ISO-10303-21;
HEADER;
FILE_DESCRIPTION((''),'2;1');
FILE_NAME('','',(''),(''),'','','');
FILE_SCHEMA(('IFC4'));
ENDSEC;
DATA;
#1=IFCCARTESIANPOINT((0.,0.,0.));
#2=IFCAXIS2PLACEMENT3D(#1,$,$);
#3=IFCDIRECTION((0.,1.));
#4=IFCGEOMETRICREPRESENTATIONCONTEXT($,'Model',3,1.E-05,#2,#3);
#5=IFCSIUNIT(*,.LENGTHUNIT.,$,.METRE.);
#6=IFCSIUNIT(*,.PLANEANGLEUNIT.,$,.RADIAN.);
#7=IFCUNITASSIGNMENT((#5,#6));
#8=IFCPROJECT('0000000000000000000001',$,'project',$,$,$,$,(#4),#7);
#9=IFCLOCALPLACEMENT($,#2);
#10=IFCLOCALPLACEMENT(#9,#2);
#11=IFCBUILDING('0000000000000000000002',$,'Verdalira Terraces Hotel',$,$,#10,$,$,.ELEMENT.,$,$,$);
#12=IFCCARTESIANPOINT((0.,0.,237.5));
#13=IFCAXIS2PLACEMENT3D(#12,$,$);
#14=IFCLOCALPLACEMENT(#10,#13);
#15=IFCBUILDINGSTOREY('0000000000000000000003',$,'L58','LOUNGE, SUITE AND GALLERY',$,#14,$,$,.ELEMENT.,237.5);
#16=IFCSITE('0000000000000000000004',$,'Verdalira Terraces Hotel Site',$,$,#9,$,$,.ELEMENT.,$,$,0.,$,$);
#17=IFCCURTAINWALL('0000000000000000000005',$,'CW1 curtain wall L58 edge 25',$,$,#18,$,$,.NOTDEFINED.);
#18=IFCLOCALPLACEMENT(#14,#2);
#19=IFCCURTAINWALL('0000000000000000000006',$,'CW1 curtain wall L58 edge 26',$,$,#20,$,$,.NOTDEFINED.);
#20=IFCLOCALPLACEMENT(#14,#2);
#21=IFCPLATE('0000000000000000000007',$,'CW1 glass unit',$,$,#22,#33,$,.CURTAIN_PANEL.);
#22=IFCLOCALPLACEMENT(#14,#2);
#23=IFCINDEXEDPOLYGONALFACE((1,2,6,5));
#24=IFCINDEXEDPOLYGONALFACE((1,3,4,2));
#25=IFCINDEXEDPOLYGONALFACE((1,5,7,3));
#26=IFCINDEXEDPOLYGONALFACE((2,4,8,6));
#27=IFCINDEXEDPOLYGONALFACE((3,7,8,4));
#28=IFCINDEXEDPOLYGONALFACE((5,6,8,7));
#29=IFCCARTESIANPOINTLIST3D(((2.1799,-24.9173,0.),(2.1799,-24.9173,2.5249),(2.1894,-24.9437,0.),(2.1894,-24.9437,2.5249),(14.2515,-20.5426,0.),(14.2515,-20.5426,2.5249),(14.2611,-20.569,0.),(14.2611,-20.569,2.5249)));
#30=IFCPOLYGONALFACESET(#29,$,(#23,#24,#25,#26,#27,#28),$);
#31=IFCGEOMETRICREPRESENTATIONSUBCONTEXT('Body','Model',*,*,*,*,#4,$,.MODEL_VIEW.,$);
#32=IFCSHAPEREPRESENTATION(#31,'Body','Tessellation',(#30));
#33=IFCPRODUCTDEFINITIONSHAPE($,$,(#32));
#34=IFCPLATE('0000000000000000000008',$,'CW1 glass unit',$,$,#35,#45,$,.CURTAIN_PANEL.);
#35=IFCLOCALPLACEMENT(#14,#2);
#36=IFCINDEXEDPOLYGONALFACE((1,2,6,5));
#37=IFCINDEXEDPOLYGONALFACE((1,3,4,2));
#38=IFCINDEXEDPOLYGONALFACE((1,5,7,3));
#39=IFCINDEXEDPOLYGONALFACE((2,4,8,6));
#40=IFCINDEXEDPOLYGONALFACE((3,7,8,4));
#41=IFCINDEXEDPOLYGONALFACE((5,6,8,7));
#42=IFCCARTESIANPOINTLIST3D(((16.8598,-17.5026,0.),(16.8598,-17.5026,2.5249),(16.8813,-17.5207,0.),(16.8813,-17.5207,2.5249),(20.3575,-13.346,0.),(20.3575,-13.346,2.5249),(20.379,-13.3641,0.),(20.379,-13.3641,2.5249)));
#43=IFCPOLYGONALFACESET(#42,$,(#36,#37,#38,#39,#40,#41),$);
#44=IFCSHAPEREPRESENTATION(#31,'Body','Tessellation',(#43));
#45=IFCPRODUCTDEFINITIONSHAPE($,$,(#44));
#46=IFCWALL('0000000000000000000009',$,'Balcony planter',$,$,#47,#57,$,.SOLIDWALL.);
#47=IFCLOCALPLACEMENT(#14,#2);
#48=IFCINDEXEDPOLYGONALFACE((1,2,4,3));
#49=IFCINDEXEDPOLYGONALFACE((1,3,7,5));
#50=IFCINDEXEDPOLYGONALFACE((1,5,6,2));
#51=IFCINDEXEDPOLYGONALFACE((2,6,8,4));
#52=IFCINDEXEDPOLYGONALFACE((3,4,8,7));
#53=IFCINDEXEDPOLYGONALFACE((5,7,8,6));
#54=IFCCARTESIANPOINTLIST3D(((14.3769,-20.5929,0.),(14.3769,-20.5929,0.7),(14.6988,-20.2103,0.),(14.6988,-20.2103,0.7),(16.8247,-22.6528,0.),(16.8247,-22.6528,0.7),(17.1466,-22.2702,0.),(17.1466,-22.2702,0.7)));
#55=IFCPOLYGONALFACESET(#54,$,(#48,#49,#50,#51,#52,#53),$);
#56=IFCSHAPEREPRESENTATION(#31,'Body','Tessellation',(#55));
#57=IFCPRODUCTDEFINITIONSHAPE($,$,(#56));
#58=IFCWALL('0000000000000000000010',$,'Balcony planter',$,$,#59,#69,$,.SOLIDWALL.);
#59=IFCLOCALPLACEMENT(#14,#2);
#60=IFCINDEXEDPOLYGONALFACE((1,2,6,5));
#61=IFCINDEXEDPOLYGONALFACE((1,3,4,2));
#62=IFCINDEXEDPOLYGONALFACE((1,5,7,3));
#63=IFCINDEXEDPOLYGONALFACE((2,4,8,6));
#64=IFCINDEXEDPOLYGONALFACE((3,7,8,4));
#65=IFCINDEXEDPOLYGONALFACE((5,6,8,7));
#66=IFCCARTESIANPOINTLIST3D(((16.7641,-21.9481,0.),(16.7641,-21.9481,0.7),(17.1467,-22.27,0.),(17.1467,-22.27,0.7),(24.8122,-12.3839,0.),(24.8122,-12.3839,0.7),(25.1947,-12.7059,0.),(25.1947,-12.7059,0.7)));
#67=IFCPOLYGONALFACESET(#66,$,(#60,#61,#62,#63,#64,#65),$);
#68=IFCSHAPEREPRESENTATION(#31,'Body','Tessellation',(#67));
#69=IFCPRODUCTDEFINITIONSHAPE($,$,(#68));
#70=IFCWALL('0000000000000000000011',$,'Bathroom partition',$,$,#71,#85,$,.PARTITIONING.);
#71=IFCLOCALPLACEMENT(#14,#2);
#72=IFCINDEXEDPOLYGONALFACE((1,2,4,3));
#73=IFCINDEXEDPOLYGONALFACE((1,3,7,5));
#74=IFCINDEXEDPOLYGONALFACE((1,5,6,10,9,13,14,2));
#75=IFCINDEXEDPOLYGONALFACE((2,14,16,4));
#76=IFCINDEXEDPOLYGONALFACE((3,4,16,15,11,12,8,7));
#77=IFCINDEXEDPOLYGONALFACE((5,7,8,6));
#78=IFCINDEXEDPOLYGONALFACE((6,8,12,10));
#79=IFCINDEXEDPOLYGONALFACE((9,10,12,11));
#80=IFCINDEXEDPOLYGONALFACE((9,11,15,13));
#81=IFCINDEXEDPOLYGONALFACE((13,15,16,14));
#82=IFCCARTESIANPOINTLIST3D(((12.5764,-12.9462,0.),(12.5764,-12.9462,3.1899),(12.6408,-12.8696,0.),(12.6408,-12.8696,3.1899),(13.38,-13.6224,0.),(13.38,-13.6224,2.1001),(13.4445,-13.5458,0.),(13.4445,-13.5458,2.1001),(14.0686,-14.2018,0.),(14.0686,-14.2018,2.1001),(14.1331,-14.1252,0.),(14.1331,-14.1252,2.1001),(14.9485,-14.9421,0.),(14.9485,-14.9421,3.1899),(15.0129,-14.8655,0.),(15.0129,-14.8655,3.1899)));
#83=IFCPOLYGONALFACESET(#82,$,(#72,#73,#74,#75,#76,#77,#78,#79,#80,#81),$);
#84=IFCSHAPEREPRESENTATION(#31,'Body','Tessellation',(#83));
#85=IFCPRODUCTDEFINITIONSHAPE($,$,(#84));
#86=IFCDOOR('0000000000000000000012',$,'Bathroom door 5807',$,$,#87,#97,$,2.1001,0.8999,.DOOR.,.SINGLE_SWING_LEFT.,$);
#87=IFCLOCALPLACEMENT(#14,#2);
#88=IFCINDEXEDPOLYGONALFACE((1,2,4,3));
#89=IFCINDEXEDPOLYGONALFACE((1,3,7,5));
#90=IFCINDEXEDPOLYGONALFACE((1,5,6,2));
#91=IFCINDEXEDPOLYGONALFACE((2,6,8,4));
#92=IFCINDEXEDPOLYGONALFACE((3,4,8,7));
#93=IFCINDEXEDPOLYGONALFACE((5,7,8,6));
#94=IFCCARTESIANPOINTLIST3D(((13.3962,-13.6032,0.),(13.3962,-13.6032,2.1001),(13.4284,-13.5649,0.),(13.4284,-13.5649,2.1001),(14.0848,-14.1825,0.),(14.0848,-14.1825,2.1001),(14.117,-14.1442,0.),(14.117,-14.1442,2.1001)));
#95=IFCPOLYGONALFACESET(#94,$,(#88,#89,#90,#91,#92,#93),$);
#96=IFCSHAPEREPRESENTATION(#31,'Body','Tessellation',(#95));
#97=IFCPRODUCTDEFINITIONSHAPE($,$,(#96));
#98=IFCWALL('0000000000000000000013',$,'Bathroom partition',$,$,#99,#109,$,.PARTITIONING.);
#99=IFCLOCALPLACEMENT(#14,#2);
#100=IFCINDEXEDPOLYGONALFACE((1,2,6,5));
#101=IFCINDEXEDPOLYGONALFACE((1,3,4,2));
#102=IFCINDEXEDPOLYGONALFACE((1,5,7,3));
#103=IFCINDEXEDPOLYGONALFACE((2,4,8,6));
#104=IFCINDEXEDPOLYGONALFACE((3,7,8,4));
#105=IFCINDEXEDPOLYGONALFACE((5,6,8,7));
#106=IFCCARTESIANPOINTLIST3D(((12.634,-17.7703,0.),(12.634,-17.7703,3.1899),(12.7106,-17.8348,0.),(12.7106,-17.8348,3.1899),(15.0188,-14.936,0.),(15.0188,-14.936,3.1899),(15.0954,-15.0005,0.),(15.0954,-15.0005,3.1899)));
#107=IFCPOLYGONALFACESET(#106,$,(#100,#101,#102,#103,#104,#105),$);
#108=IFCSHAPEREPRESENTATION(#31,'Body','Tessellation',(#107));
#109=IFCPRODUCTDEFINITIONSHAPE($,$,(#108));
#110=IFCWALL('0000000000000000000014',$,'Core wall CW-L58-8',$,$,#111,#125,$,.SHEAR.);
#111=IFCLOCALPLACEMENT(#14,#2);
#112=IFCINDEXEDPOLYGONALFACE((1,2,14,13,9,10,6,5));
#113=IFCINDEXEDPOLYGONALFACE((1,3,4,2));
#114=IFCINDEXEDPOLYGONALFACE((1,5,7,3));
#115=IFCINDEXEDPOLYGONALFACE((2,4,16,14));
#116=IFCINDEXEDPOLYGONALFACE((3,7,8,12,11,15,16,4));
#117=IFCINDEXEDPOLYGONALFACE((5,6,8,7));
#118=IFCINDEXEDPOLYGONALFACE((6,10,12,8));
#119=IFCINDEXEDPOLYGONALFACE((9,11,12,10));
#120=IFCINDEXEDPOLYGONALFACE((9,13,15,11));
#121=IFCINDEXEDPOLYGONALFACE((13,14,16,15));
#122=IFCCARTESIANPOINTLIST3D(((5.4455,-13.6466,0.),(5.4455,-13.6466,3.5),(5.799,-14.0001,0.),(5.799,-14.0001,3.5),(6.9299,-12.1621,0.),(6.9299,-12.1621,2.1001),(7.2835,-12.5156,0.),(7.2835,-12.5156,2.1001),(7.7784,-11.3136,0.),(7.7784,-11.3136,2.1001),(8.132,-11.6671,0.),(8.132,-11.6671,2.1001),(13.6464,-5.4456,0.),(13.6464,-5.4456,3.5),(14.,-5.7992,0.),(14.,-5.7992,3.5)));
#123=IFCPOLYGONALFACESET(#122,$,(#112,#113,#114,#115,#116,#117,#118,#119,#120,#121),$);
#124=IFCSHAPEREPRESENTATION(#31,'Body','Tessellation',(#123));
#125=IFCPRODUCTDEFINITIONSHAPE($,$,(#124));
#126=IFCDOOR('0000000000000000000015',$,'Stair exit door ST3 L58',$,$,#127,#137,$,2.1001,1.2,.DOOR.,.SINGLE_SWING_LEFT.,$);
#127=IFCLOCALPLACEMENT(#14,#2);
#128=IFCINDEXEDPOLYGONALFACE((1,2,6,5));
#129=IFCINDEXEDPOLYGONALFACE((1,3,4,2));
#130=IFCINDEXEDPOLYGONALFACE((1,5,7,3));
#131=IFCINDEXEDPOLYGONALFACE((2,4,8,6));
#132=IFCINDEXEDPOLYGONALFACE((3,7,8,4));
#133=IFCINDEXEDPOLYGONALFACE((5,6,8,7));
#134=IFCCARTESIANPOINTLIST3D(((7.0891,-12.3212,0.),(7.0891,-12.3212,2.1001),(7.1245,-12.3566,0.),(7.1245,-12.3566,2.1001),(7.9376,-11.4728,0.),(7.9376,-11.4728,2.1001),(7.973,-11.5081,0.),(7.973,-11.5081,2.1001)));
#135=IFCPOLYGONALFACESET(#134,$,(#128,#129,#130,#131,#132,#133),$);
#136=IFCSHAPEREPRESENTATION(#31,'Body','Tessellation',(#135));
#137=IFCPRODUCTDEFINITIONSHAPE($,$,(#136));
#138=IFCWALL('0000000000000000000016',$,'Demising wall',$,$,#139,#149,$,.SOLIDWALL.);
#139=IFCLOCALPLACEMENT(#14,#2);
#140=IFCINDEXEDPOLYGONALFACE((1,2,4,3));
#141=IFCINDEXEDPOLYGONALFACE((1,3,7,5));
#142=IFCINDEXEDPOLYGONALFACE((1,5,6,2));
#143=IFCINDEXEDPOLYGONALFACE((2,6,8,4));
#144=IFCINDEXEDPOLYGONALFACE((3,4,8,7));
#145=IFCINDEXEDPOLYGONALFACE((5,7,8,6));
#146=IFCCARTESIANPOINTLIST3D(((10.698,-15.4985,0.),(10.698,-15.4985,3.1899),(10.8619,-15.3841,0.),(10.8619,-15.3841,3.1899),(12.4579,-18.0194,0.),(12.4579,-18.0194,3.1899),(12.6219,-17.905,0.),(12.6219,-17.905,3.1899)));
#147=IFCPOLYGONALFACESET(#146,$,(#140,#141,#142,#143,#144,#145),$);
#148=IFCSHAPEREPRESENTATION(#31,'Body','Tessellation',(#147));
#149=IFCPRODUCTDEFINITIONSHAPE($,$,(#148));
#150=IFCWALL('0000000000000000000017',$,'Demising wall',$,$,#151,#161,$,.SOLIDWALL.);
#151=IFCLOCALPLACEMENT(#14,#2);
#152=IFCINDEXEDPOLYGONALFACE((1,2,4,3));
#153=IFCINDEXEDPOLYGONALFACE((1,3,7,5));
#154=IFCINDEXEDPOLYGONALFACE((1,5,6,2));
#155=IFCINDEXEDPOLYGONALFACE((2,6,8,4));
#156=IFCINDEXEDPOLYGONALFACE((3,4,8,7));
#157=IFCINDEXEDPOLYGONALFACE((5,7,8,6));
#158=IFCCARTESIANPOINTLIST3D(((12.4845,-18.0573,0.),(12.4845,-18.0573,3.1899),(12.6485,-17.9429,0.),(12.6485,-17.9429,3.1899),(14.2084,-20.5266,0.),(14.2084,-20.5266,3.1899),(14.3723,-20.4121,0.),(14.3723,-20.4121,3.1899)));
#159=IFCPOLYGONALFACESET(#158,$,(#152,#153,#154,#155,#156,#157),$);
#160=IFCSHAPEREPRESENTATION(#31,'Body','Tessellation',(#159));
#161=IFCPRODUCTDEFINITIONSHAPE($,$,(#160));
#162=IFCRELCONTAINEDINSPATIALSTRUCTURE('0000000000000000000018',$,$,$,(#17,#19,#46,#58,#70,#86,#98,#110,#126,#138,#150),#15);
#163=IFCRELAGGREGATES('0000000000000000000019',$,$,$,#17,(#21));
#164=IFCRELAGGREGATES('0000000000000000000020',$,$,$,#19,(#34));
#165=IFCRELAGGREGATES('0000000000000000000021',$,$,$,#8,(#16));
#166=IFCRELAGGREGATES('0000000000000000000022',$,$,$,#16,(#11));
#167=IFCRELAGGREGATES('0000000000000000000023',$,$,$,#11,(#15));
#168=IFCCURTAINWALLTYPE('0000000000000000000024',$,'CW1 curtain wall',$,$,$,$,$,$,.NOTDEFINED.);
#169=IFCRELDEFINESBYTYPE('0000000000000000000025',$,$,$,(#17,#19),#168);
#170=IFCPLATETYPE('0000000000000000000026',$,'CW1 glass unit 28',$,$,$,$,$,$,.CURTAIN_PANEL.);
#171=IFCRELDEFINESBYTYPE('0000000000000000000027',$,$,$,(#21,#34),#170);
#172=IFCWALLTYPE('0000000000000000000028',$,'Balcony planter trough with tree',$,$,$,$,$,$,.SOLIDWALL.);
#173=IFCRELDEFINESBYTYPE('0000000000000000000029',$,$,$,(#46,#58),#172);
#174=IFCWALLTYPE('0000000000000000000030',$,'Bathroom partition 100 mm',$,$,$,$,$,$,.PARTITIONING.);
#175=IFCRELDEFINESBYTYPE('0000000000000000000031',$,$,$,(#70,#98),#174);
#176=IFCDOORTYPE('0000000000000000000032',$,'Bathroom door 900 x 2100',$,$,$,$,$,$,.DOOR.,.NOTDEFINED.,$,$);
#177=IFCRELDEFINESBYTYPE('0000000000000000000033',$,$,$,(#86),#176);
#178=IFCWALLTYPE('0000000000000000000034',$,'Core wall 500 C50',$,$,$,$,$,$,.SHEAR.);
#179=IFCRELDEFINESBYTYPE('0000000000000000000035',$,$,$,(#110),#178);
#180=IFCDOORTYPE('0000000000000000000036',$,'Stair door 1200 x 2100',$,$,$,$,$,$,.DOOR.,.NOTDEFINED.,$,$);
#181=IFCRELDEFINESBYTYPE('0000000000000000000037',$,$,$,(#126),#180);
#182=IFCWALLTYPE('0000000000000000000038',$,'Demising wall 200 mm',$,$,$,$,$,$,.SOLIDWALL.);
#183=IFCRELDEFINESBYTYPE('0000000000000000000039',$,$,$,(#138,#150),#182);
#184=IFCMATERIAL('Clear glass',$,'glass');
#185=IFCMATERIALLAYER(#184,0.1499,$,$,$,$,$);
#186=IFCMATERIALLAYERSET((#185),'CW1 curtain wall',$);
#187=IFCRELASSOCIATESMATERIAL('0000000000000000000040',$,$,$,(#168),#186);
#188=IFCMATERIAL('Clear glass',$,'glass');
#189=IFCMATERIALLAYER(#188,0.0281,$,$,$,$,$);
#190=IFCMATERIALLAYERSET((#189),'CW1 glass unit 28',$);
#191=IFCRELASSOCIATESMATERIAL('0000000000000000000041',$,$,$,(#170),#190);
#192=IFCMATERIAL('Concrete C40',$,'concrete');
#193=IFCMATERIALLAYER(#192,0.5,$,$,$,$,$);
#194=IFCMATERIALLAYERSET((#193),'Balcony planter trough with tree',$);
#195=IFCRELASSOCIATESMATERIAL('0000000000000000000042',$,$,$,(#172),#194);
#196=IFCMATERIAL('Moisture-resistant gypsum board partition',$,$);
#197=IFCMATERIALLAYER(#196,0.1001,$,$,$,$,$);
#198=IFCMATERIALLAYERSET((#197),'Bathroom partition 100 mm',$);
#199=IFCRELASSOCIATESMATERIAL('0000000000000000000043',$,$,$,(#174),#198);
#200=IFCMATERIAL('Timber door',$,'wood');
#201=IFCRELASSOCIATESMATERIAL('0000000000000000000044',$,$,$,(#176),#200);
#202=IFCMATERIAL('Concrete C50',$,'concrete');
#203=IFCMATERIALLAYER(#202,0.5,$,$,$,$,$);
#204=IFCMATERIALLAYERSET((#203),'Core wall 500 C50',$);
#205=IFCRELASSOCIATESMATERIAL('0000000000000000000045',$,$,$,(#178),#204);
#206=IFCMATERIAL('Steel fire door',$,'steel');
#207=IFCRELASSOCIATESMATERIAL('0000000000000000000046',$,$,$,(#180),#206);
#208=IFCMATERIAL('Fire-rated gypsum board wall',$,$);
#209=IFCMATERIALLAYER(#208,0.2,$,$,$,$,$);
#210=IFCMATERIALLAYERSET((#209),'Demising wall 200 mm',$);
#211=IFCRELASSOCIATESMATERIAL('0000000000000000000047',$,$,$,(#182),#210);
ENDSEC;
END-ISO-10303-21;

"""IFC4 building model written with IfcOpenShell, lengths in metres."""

from ifc_helpers import new_model, si_unit, direction, frame, frame_2d, origin, origin_2d, place, context, subcontext, project, spatial, rectangle, extrude, material, layer, layer_set, type_object, element, fill, aggregate, save


model = new_model("IFC4")

# Units and contexts
model_context = context("Model", 3, precision=1e-05, world=origin(), true_north=direction((0.0, 1.0)))
body_context = subcontext(model_context, "Body", "Model", "MODEL_VIEW")
ifc_project = project(units=[si_unit("LENGTHUNIT", "METRE"), si_unit("PLANEANGLEUNIT", "RADIAN")], contexts=[model_context])

# Site, building, storey
site_placement = place(None, origin())
site = spatial("IfcSite", under=ifc_project, at=site_placement, Name="Verdalira Terraces Hotel Site", CompositionType="ELEMENT", RefElevation=0.0)
building_placement = place(site_placement, origin())
building = spatial("IfcBuilding", under=site, at=building_placement, Name="Verdalira Terraces Hotel", CompositionType="ELEMENT")
storey_placement = place(building_placement, frame((0.0, 0.0, 237.5)))
storey = spatial("IfcBuildingStorey", under=building, at=storey_placement, Name="L58", Description="LOUNGE, SUITE AND GALLERY", CompositionType="ELEMENT", Elevation=237.5)

# Curtain wall
ifc_material_1 = material(Name="Clear glass", Category="glass")
ifc_layer_1 = layer(ifc_material_1, 0.1499)
ifc_layer_set_1 = layer_set([ifc_layer_1], Name="CW1 curtain wall")
curtain_wall_type = type_object("IfcCurtainWallType", Name="CW1 curtain wall", PredefinedType="NOTDEFINED", material=ifc_layer_set_1)
curtain_wall_1_placement = place(storey_placement, origin())
curtain_wall_1 = element("IfcCurtainWall", 1, at=curtain_wall_1_placement, inside=storey, type_object=curtain_wall_type, Name="CW1 curtain wall L58 edge 25", PredefinedType="NOTDEFINED")

# Curtain wall
curtain_wall_2_placement = place(storey_placement, origin())
curtain_wall_2 = element("IfcCurtainWall", 2, at=curtain_wall_2_placement, inside=storey, type_object=curtain_wall_type, Name="CW1 curtain wall L58 edge 26", PredefinedType="NOTDEFINED")

# Plates
ifc_material_2 = material(Name="Clear glass", Category="glass")
ifc_layer_2 = layer(ifc_material_2, 0.0281)
ifc_layer_set_2 = layer_set([ifc_layer_2], Name="CW1 glass unit 28")
plate_type = type_object("IfcPlateType", Name="CW1 glass unit 28", PredefinedType="CURTAIN_PANEL", material=ifc_layer_set_2)
plate_1_placement = place(storey_placement, frame((8.2205, -22.7432, 0.0), z_axis=(0.0, 0.0, 1.0), x_axis=(0.940169, 0.340708, 0.0)))
plate_1 = element("IfcPlate", 3, at=plate_1_placement, type_object=plate_type, Name="CW1 glass unit", PredefinedType="CURTAIN_PANEL", context=body_context, shape_type="SweptSolid", body=[
    extrude(rectangle(XDim=12.8398, YDim=0.0281, at=origin_2d()), origin(), (0.0, 0.0, 1.0), 2.5249),
])
aggregate(curtain_wall_1, [plate_1])
plate_2_placement = place(storey_placement, frame((18.6194, -15.4334, 0.0), z_axis=(0.0, 0.0, 1.0), x_axis=(0.643857, 0.765146, 0.0)))
plate_2 = element("IfcPlate", 4, at=plate_2_placement, type_object=plate_type, Name="CW1 glass unit", PredefinedType="CURTAIN_PANEL", context=body_context, shape_type="SweptSolid", body=[
    extrude(rectangle(XDim=5.4324, YDim=0.0281, at=origin_2d()), origin(), (0.0, 0.0, 1.0), 2.5249),
])
aggregate(curtain_wall_2, [plate_2])

# Walls
ifc_material_3 = material(Name="Concrete C40", Category="concrete")
ifc_layer_3 = layer(ifc_material_3, 0.5)
ifc_layer_set_3 = layer_set([ifc_layer_3], Name="Balcony planter trough with tree")
wall_type_1 = type_object("IfcWallType", Name="Balcony planter trough with tree", PredefinedType="SOLIDWALL", material=ifc_layer_set_3)
wall_1_placement = place(storey_placement, frame((14.5378, -20.4016, 0.0), z_axis=(0.0, 0.0, 1.0), x_axis=(0.765135, -0.64387, 0.0)))
element("IfcWall", 5, at=wall_1_placement, inside=storey, type_object=wall_type_1, Name="Balcony planter", PredefinedType="SOLIDWALL", context=body_context, shape_type="SweptSolid", body=[
    extrude(rectangle(XDim=3.1992, YDim=0.5, at=frame_2d((1.5996, 0.0))), origin(), (0.0, 0.0, 1.0), 0.7),
])
wall_2_placement = place(storey_placement, frame((16.9553, -22.1091, 0.0), z_axis=(0.0, 0.0, 1.0), x_axis=(0.643856, 0.765147, 0.0)))
element("IfcWall", 6, at=wall_2_placement, inside=storey, type_object=wall_type_1, Name="Balcony planter", PredefinedType="SOLIDWALL", context=body_context, shape_type="SweptSolid", body=[
    extrude(rectangle(XDim=12.4998, YDim=0.5, at=frame_2d((6.25, 0.0))), origin(), (0.0, 0.0, 1.0), 0.7),
])

# Wall, opening, door
ifc_material_4 = material(Name="Moisture-resistant gypsum board partition")
ifc_layer_4 = layer(ifc_material_4, 0.1001)
ifc_layer_set_4 = layer_set([ifc_layer_4], Name="Bathroom partition 100 mm")
wall_type_2 = type_object("IfcWallType", Name="Bathroom partition 100 mm", PredefinedType="PARTITIONING", material=ifc_layer_set_4)
wall_3_placement = place(storey_placement, frame((14.9807, -14.9038, 0.0), z_axis=(0.0, 0.0, 1.0), x_axis=(-0.765179, 0.643818, 0.0)))
wall_3 = element("IfcWall", 7, at=wall_3_placement, inside=storey, type_object=wall_type_2, Name="Bathroom partition", PredefinedType="PARTITIONING", context=body_context, shape_type="SweptSolid", body=[
    extrude(rectangle(XDim=3.1001, YDim=0.1001, at=frame_2d((1.55, 0.0))), origin(), (0.0, 0.0, 1.0), 3.1899),
])
opening_1_placement = place(wall_3_placement, frame((1.1499, 0.0, 0.0)))
opening_1 = element("IfcOpeningElement", 8, at=opening_1_placement, cuts=wall_3, PredefinedType="OPENING", context=body_context, shape_type="SweptSolid", body=[
    extrude(rectangle(XDim=0.8999, YDim=2.1001, at=frame_2d((0.45, 1.05))), frame((0.0, 0.0601, 0.0), z_axis=(0.0, -1.0, 0.0), x_axis=(1.0, 0.0, 0.0)), (0.0, 0.0, 1.0), 0.1201),
])
ifc_material_5 = material(Name="Timber door", Category="wood")
door_type_1 = type_object("IfcDoorType", Name="Bathroom door 900 x 2100", OperationType="NOTDEFINED", PredefinedType="DOOR", material=ifc_material_5)
door_1_placement = place(opening_1_placement, origin())
door_1 = element("IfcDoor", 9, at=door_1_placement, inside=storey, type_object=door_type_1, Name="Bathroom door 5807", OperationType="SINGLE_SWING_LEFT", OverallHeight=2.1001, OverallWidth=0.8999, PredefinedType="DOOR", context=body_context, shape_type="SweptSolid", body=[
    extrude(rectangle(XDim=0.8999, YDim=2.1001, at=frame_2d((0.45, 1.05))), frame((0.0, 0.0249, 0.0), z_axis=(0.0, -1.0, 0.0), x_axis=(1.0, 0.0, 0.0)), (0.0, 0.0, 1.0), 0.05),
])
fill(opening_1, door_1)

# Wall
wall_4_placement = place(storey_placement, frame((15.0571, -14.9683, 0.0), z_axis=(0.0, 0.0, 1.0), x_axis=(-0.643827, -0.765171, 0.0)))
element("IfcWall", 10, at=wall_4_placement, inside=storey, type_object=wall_type_2, Name="Bathroom partition", PredefinedType="PARTITIONING", context=body_context, shape_type="SweptSolid", body=[
    extrude(rectangle(XDim=3.7041, YDim=0.1001, at=frame_2d((1.8521, 0.0))), origin(), (0.0, 0.0, 1.0), 3.1899),
])

# Wall, opening, door
ifc_material_6 = material(Name="Concrete C50", Category="concrete")
ifc_layer_5 = layer(ifc_material_6, 0.5)
ifc_layer_set_5 = layer_set([ifc_layer_5], Name="Core wall 500 C50")
wall_type_3 = type_object("IfcWallType", Name="Core wall 500 C50", PredefinedType="SHEAR", material=ifc_layer_set_5)
wall_5_placement = place(storey_placement, frame((5.6223, -13.8232, 0.0), z_axis=(0.0, 0.0, 1.0), x_axis=(0.707107, 0.707107, 0.0)))
wall_5 = element("IfcWall", 11, at=wall_5_placement, inside=storey, type_object=wall_type_3, Name="Core wall CW-L58-8", PredefinedType="SHEAR", context=body_context, shape_type="SweptSolid", body=[
    extrude(rectangle(XDim=11.5979, YDim=0.5, at=frame_2d((5.7988, 0.0))), origin(), (0.0, 0.0, 1.0), 3.5),
])
opening_2_placement = place(wall_5_placement, frame((2.0991, 0.0, 0.0)))
opening_2 = element("IfcOpeningElement", 12, at=opening_2_placement, cuts=wall_5, PredefinedType="OPENING", context=body_context, shape_type="SweptSolid", body=[
    extrude(rectangle(XDim=1.2, YDim=2.1001, at=frame_2d((0.6001, 1.05))), frame((0.0, 0.26, 0.0), z_axis=(0.0, -1.0, 0.0), x_axis=(1.0, 0.0, 0.0)), (0.0, 0.0, 1.0), 0.52),
])
ifc_material_7 = material(Name="Steel fire door", Category="steel")
door_type_2 = type_object("IfcDoorType", Name="Stair door 1200 x 2100", OperationType="NOTDEFINED", PredefinedType="DOOR", material=ifc_material_7)
door_2_placement = place(opening_2_placement, origin())
door_2 = element("IfcDoor", 13, at=door_2_placement, inside=storey, type_object=door_type_2, Name="Stair exit door ST3 L58", OperationType="SINGLE_SWING_LEFT", OverallHeight=2.1001, OverallWidth=1.2, PredefinedType="DOOR", context=body_context, shape_type="SweptSolid", body=[
    extrude(rectangle(XDim=1.2, YDim=2.1001, at=frame_2d((0.6001, 1.05))), frame((0.0, 0.0249, 0.0), z_axis=(0.0, -1.0, 0.0), x_axis=(1.0, 0.0, 0.0)), (0.0, 0.0, 1.0), 0.05),
])
fill(opening_2, door_2)

# Walls
ifc_material_8 = material(Name="Fire-rated gypsum board wall")
ifc_layer_6 = layer(ifc_material_8, 0.2)
ifc_layer_set_6 = layer_set([ifc_layer_6], Name="Demising wall 200 mm")
wall_type_4 = type_object("IfcWallType", Name="Demising wall 200 mm", PredefinedType="SOLIDWALL", material=ifc_layer_set_6)
wall_6_placement = place(storey_placement, frame((10.78, -15.4414, 0.0), z_axis=(0.0, 0.0, 1.0), x_axis=(0.572439, -0.819948, 0.0)))
element("IfcWall", 14, at=wall_6_placement, inside=storey, type_object=wall_type_4, Name="Demising wall", PredefinedType="SOLIDWALL", context=body_context, shape_type="SweptSolid", body=[
    extrude(rectangle(XDim=3.0745, YDim=0.2, at=frame_2d((1.5371, 0.0))), origin(), (0.0, 0.0, 1.0), 3.1899),
])
wall_7_placement = place(storey_placement, frame((12.5664, -18.0, 0.0), z_axis=(0.0, 0.0, 1.0), x_axis=(0.572439, -0.819947, 0.0)))
element("IfcWall", 15, at=wall_7_placement, inside=storey, type_object=wall_type_4, Name="Demising wall", PredefinedType="SOLIDWALL", context=body_context, shape_type="SweptSolid", body=[
    extrude(rectangle(XDim=3.0115, YDim=0.2, at=frame_2d((1.5059, 0.0))), origin(), (0.0, 0.0, 1.0), 3.1899),
])

save(model, "model.ifc")
